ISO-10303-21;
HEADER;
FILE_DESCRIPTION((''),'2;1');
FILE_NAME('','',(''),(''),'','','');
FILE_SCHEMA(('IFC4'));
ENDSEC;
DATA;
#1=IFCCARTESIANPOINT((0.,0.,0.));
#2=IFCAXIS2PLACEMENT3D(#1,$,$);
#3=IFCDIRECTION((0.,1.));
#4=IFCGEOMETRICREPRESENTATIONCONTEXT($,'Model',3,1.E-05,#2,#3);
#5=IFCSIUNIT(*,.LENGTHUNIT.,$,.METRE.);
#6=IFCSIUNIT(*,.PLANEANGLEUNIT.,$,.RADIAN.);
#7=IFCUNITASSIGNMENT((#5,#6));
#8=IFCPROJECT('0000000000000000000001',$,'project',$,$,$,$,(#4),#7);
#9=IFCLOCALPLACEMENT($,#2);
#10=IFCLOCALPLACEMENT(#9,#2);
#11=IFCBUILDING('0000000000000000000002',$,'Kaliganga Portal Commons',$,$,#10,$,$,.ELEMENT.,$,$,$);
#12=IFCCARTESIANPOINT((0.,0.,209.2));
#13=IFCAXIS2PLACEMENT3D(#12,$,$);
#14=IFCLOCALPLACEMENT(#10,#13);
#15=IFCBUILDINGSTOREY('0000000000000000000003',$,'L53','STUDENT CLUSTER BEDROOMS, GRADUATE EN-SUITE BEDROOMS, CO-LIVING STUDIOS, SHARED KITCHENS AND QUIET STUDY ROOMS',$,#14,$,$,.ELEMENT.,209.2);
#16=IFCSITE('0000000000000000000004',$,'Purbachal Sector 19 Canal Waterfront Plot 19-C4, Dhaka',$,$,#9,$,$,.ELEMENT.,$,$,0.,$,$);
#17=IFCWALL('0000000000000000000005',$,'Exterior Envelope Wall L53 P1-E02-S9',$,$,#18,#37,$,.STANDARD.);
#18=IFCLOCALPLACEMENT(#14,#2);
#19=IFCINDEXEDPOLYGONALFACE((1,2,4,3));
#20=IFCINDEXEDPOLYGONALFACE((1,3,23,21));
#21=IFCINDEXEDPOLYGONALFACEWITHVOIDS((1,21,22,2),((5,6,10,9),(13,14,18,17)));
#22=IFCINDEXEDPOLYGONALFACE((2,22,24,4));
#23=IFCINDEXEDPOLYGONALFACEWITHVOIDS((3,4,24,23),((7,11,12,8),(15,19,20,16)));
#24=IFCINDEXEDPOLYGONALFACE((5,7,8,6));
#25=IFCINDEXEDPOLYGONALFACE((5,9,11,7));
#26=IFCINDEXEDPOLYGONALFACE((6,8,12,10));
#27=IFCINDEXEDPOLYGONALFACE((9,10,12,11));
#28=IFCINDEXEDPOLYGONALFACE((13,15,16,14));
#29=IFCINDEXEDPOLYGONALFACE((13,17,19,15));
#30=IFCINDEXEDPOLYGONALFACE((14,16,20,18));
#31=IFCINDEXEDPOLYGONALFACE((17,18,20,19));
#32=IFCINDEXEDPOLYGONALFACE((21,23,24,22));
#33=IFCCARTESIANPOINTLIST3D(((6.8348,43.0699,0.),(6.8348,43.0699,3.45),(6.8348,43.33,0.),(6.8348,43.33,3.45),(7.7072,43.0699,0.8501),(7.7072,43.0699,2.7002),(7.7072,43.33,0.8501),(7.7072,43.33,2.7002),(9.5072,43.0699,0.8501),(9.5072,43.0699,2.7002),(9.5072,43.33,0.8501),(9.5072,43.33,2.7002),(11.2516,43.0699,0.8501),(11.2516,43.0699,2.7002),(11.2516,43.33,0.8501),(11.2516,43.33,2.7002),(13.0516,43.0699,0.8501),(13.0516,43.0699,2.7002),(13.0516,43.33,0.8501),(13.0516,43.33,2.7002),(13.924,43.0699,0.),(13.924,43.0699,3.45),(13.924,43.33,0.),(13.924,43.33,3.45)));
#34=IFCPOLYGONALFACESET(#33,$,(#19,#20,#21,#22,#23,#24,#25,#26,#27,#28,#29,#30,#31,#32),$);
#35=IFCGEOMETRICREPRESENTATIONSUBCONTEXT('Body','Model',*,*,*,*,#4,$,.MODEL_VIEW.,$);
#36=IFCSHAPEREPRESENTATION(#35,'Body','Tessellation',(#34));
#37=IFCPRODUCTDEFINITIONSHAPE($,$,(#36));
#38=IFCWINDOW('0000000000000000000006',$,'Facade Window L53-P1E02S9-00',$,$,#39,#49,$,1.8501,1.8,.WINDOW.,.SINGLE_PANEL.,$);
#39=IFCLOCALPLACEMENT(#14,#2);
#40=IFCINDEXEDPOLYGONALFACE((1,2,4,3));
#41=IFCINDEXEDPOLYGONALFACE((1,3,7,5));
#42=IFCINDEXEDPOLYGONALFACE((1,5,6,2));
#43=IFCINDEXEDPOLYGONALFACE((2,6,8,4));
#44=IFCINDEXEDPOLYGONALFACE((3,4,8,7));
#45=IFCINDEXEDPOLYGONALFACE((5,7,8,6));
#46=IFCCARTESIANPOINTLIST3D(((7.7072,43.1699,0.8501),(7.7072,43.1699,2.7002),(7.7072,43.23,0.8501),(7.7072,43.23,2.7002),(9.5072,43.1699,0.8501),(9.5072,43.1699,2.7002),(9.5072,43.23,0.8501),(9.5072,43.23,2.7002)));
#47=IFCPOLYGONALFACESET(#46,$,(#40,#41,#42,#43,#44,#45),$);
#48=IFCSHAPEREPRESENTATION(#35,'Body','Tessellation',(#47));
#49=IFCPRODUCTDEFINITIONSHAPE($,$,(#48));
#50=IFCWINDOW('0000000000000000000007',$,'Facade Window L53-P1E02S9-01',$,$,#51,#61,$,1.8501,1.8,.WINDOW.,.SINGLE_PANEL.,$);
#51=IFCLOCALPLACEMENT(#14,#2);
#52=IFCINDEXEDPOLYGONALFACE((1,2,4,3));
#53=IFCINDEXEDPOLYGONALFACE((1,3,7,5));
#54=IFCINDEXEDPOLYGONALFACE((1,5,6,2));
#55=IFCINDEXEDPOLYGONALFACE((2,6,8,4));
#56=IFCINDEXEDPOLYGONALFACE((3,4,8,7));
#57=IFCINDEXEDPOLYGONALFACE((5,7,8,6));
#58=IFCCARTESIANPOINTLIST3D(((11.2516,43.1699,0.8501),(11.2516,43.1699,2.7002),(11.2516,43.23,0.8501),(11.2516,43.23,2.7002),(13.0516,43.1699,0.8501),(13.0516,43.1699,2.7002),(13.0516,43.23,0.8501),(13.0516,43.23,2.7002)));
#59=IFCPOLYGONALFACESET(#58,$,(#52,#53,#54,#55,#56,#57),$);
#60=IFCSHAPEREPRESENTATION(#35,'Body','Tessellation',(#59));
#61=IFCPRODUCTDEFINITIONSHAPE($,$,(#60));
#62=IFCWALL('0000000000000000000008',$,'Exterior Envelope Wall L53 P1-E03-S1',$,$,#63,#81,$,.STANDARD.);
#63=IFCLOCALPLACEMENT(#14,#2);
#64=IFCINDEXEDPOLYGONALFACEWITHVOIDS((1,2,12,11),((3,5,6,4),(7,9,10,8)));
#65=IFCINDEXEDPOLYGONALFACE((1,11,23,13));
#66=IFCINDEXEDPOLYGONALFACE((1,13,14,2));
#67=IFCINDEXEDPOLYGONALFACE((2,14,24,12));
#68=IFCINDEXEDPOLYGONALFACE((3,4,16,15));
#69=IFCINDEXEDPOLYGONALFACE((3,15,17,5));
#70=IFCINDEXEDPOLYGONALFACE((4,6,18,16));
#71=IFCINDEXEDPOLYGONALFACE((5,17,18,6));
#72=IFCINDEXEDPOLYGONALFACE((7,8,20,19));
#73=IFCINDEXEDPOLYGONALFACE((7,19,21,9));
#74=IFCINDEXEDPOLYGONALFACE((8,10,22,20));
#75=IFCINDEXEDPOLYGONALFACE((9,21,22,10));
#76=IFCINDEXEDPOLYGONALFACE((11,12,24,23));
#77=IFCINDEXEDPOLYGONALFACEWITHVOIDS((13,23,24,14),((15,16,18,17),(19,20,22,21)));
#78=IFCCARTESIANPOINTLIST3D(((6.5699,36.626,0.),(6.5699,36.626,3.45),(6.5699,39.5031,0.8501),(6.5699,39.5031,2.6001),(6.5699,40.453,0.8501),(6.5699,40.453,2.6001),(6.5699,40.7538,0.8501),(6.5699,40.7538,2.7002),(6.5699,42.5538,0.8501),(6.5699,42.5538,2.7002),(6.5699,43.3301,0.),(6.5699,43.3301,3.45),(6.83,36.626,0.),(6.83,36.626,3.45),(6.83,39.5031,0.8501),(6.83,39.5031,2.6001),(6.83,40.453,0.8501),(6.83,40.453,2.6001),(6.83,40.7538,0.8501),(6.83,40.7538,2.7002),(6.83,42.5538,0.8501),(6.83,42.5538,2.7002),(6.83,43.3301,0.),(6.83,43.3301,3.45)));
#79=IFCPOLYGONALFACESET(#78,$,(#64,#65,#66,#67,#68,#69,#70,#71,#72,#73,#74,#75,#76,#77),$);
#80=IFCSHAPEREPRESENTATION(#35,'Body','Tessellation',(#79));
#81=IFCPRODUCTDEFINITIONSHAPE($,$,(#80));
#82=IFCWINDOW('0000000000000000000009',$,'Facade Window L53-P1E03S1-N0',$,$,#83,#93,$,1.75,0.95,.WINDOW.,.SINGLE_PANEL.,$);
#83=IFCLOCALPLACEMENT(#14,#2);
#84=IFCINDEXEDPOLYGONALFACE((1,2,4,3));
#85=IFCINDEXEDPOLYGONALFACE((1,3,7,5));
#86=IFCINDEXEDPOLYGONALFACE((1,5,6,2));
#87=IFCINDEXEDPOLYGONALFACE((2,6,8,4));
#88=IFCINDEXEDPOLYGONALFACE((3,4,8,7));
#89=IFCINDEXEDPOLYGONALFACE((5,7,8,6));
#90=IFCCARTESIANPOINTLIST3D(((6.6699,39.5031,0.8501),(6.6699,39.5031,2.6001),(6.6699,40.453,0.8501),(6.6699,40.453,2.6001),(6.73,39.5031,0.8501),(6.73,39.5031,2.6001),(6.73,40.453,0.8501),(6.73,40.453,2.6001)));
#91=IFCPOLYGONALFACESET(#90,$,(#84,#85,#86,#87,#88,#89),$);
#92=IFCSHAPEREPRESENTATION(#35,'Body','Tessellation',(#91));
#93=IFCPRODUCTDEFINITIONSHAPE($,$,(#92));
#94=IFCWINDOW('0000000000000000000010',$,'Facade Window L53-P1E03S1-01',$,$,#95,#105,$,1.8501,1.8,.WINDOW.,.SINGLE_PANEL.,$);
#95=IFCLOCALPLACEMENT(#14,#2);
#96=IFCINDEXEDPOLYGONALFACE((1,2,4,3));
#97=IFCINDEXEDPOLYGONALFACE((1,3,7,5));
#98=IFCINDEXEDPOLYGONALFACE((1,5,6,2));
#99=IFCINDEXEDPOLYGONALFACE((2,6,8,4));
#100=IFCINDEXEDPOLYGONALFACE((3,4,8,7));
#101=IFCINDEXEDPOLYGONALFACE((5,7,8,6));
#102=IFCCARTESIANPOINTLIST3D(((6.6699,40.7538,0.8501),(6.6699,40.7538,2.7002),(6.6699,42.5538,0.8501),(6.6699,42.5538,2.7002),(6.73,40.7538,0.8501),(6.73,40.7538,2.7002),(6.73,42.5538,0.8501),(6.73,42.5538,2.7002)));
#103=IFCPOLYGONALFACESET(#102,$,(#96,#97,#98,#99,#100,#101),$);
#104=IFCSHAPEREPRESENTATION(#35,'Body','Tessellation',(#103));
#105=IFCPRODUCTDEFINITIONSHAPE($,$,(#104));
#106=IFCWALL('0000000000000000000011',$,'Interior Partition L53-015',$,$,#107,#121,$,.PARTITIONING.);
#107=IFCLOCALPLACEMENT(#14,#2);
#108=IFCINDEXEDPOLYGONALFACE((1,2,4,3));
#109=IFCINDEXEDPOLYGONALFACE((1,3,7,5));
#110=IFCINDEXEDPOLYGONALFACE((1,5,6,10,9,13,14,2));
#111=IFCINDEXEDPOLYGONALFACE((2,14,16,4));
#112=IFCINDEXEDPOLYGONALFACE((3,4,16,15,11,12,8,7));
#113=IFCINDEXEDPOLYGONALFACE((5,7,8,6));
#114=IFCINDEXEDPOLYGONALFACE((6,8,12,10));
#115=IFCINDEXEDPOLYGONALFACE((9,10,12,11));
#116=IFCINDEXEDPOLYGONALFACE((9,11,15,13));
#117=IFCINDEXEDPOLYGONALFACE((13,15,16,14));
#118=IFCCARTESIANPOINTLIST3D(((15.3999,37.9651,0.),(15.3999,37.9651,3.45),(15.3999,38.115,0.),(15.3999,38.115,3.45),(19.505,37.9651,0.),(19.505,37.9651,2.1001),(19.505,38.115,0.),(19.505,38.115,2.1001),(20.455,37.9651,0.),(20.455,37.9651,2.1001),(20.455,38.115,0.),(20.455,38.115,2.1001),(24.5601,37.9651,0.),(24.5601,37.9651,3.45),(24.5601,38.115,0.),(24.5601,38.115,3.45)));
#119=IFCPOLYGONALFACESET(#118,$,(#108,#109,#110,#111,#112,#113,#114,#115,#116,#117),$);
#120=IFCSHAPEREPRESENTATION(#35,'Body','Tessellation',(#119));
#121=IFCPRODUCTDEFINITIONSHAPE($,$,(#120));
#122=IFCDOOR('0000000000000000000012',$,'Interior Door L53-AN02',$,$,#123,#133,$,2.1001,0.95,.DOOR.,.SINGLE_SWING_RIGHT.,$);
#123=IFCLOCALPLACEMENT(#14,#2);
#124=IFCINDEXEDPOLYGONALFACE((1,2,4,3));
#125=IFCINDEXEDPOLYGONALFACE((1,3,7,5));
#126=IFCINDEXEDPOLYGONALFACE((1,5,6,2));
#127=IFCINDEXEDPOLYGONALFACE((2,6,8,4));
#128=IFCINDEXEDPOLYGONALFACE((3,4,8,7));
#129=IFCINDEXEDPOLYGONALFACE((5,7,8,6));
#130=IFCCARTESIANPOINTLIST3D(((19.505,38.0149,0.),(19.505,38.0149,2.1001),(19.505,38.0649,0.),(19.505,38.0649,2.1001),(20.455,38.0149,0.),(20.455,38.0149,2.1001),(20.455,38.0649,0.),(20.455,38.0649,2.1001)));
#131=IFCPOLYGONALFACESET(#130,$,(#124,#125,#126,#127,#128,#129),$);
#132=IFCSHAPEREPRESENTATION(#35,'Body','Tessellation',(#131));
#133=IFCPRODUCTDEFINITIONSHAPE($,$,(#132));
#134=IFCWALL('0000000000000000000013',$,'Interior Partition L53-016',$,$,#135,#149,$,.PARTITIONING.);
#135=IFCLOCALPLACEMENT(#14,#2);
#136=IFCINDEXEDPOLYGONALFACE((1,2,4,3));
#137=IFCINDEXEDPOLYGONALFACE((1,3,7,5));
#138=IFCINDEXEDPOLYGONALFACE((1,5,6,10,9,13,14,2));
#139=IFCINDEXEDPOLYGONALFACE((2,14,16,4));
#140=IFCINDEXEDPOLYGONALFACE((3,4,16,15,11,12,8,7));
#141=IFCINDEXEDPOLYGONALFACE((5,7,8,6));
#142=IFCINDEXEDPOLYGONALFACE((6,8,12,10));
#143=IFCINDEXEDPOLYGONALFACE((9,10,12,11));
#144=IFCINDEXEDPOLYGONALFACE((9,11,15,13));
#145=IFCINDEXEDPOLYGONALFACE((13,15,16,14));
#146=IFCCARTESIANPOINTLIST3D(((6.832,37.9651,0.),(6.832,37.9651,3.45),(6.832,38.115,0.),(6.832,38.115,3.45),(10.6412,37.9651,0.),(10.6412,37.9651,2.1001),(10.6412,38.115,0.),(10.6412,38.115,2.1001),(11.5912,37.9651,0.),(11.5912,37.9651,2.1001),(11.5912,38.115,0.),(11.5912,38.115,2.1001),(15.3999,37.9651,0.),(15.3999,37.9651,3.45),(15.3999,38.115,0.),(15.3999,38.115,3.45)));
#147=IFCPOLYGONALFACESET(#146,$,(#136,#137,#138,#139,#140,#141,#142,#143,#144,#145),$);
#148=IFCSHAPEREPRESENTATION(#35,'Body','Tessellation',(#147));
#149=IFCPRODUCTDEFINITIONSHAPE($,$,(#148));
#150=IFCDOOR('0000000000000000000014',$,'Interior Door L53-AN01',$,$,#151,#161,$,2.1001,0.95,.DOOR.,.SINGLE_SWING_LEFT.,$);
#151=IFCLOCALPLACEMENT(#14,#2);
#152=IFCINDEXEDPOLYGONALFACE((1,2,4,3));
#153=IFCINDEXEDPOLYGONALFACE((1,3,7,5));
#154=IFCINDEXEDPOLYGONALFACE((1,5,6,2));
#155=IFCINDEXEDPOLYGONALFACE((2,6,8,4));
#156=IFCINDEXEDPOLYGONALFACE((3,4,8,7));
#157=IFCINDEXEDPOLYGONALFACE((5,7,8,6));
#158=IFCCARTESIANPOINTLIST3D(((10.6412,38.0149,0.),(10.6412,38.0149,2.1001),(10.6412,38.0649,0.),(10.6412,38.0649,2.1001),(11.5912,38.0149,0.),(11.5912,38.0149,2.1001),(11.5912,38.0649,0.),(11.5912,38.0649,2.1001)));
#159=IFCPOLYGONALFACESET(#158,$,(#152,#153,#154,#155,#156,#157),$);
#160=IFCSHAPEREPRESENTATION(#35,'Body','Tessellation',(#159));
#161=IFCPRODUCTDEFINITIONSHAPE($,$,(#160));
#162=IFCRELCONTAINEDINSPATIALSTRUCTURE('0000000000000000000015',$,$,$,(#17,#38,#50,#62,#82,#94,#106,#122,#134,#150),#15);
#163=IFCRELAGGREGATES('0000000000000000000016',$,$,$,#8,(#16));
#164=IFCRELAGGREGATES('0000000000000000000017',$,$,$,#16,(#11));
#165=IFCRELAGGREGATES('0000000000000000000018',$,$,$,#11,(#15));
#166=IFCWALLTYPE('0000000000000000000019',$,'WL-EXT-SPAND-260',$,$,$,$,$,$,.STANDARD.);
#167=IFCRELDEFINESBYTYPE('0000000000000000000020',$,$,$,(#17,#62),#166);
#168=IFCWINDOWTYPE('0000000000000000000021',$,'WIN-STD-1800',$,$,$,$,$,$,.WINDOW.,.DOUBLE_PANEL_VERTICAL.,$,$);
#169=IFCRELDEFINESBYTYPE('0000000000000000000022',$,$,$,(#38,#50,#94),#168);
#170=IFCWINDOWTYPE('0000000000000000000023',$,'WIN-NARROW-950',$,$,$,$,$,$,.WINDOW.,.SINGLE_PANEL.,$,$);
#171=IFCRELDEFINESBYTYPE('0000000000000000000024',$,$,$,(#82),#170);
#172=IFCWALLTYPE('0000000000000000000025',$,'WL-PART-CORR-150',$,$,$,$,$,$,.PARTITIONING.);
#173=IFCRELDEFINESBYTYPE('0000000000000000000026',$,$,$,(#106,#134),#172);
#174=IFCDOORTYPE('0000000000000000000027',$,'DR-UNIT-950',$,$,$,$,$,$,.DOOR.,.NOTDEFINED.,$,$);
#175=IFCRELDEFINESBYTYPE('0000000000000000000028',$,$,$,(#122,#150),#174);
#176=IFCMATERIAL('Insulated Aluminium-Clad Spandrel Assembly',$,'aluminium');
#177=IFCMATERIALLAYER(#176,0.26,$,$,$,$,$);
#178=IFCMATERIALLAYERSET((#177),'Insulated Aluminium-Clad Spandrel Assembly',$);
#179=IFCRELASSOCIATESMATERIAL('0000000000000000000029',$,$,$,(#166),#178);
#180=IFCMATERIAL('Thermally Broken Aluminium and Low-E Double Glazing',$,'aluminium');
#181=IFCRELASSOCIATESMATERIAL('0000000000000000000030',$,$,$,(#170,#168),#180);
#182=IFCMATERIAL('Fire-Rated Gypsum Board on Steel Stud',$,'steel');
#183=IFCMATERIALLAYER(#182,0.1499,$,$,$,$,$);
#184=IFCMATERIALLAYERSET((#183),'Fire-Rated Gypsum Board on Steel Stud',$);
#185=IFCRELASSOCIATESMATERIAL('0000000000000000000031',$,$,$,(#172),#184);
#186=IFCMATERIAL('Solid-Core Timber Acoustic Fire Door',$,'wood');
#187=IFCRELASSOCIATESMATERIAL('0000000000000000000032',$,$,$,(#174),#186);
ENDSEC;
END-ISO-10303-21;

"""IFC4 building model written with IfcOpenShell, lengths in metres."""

from ifc_helpers import new_model, si_unit, direction, frame, frame_2d, origin, place, context, subcontext, project, spatial, rectangle, extrude, material, layer, layer_set, type_object, element, fill, save


model = new_model("IFC4")

# Units and contexts
model_context = context("Model", 3, precision=1e-05, world=origin(), true_north=direction((0.0, 1.0)))
body_context = subcontext(model_context, "Body", "Model", "MODEL_VIEW")
ifc_project = project(units=[si_unit("LENGTHUNIT", "METRE"), si_unit("PLANEANGLEUNIT", "RADIAN")], contexts=[model_context])

# Site, building, storey
site_placement = place(None, origin())
site = spatial("IfcSite", under=ifc_project, at=site_placement, Name="Purbachal Sector 19 Canal Waterfront Plot 19-C4, Dhaka", CompositionType="ELEMENT", RefElevation=0.0)
building_placement = place(site_placement, origin())
building = spatial("IfcBuilding", under=site, at=building_placement, Name="Kaliganga Portal Commons", CompositionType="ELEMENT")
storey_placement = place(building_placement, frame((0.0, 0.0, 209.2)))
storey = spatial("IfcBuildingStorey", under=building, at=storey_placement, Name="L53", Description="STUDENT CLUSTER BEDROOMS, GRADUATE EN-SUITE BEDROOMS, CO-LIVING STUDIOS, SHARED KITCHENS AND QUIET STUDY ROOMS", CompositionType="ELEMENT", Elevation=209.2)

# Shared definitions
ifc_material_1 = material(Name="Insulated Aluminium-Clad Spandrel Assembly", Category="aluminium")
ifc_layer_1 = layer(ifc_material_1, 0.26)
ifc_layer_set_1 = layer_set([ifc_layer_1], Name="Insulated Aluminium-Clad Spandrel Assembly")
wall_type_1 = type_object("IfcWallType", Name="WL-EXT-SPAND-260", PredefinedType="STANDARD", material=ifc_layer_set_1)
ifc_material_2 = material(Name="Thermally Broken Aluminium and Low-E Double Glazing", Category="aluminium")
window_type_1 = type_object("IfcWindowType", Name="WIN-NARROW-950", PartitioningType="SINGLE_PANEL", PredefinedType="WINDOW", material=ifc_material_2)

# Walls, openings, windows
wall_1_placement = place(storey_placement, frame((6.835, 43.2, 0.0), z_axis=(0.0, 0.0, 1.0), x_axis=(1.0, 0.0, 0.0)))
wall_1 = element("IfcWall", 1, at=wall_1_placement, inside=storey, type_object=wall_type_1, Name="Exterior Envelope Wall L53 P1-E02-S9", PredefinedType="STANDARD", context=body_context, shape_type="SweptSolid", body=[
    extrude(rectangle(XDim=7.0891, YDim=0.26, at=frame_2d((3.5444, 0.0))), origin(), (0.0, 0.0, 1.0), 3.45),
])
opening_1_placement = place(wall_1_placement, frame((0.8723, 0.0, 0.8501)))
opening_1 = element("IfcOpeningElement", 2, at=opening_1_placement, cuts=wall_1, PredefinedType="OPENING", context=body_context, shape_type="SweptSolid", body=[
    extrude(rectangle(XDim=1.8, YDim=1.8501, at=frame_2d((0.8999, 0.925))), frame((0.0, 0.1401, 0.0), z_axis=(0.0, -1.0, 0.0), x_axis=(1.0, 0.0, 0.0)), (0.0, 0.0, 1.0), 0.28),
])
opening_2_placement = place(wall_1_placement, frame((4.4167, 0.0, 0.8501)))
opening_2 = element("IfcOpeningElement", 3, at=opening_2_placement, cuts=wall_1, PredefinedType="OPENING", context=body_context, shape_type="SweptSolid", body=[
    extrude(rectangle(XDim=1.8, YDim=1.8501, at=frame_2d((0.8999, 0.925))), frame((0.0, 0.1401, 0.0), z_axis=(0.0, -1.0, 0.0), x_axis=(1.0, 0.0, 0.0)), (0.0, 0.0, 1.0), 0.28),
])
window_type_2 = type_object("IfcWindowType", Name="WIN-STD-1800", PartitioningType="DOUBLE_PANEL_VERTICAL", PredefinedType="WINDOW", material=ifc_material_2)
window_1_placement = place(opening_1_placement, origin())
window_1 = element("IfcWindow", 4, at=window_1_placement, inside=storey, type_object=window_type_2, Name="Facade Window L53-P1E02S9-00", OverallHeight=1.8501, OverallWidth=1.8, PartitioningType="SINGLE_PANEL", PredefinedType="WINDOW", context=body_context, shape_type="SweptSolid", body=[
    extrude(rectangle(XDim=1.8, YDim=1.8501, at=frame_2d((0.8999, 0.925))), frame((0.0, 0.03, 0.0), z_axis=(0.0, -1.0, 0.0), x_axis=(1.0, 0.0, 0.0)), (0.0, 0.0, 1.0), 0.0601),
])
fill(opening_1, window_1)
window_2_placement = place(opening_2_placement, origin())
window_2 = element("IfcWindow", 5, at=window_2_placement, inside=storey, type_object=window_type_2, Name="Facade Window L53-P1E02S9-01", OverallHeight=1.8501, OverallWidth=1.8, PartitioningType="SINGLE_PANEL", PredefinedType="WINDOW", context=body_context, shape_type="SweptSolid", body=[
    extrude(rectangle(XDim=1.8, YDim=1.8501, at=frame_2d((0.8999, 0.925))), frame((0.0, 0.03, 0.0), z_axis=(0.0, -1.0, 0.0), x_axis=(1.0, 0.0, 0.0)), (0.0, 0.0, 1.0), 0.0601),
])
fill(opening_2, window_2)
wall_2_placement = place(storey_placement, frame((6.7, 36.626, 0.0), z_axis=(0.0, 0.0, 1.0), x_axis=(0.0, 1.0, 0.0)))
wall_2 = element("IfcWall", 6, at=wall_2_placement, inside=storey, type_object=wall_type_1, Name="Exterior Envelope Wall L53 P1-E03-S1", PredefinedType="STANDARD", context=body_context, shape_type="SweptSolid", body=[
    extrude(rectangle(XDim=6.7041, YDim=0.26, at=frame_2d((3.3521, 0.0))), origin(), (0.0, 0.0, 1.0), 3.45),
])
opening_3_placement = place(wall_2_placement, frame((4.1279, 0.0, 0.8501)))
opening_3 = element("IfcOpeningElement", 7, at=opening_3_placement, cuts=wall_2, PredefinedType="OPENING", context=body_context, shape_type="SweptSolid", body=[
    extrude(rectangle(XDim=1.8, YDim=1.8501, at=frame_2d((0.8999, 0.925))), frame((0.0, 0.1401, 0.0), z_axis=(0.0, -1.0, 0.0), x_axis=(1.0, 0.0, 0.0)), (0.0, 0.0, 1.0), 0.28),
])
opening_4_placement = place(wall_2_placement, frame((2.877, 0.0, 0.8501)))
opening_4 = element("IfcOpeningElement", 8, at=opening_4_placement, cuts=wall_2, PredefinedType="OPENING", context=body_context, shape_type="SweptSolid", body=[
    extrude(rectangle(XDim=0.95, YDim=1.75, at=frame_2d((0.4751, 0.875))), frame((0.0, 0.1401, 0.0), z_axis=(0.0, -1.0, 0.0), x_axis=(1.0, 0.0, 0.0)), (0.0, 0.0, 1.0), 0.28),
])
window_3_placement = place(opening_4_placement, origin())
window_3 = element("IfcWindow", 9, at=window_3_placement, inside=storey, type_object=window_type_1, Name="Facade Window L53-P1E03S1-N0", OverallHeight=1.75, OverallWidth=0.95, PartitioningType="SINGLE_PANEL", PredefinedType="WINDOW", context=body_context, shape_type="SweptSolid", body=[
    extrude(rectangle(XDim=0.95, YDim=1.75, at=frame_2d((0.4751, 0.875))), frame((0.0, 0.03, 0.0), z_axis=(0.0, -1.0, 0.0), x_axis=(1.0, 0.0, 0.0)), (0.0, 0.0, 1.0), 0.0601),
])
fill(opening_4, window_3)
window_4_placement = place(opening_3_placement, origin())
window_4 = element("IfcWindow", 10, at=window_4_placement, inside=storey, type_object=window_type_2, Name="Facade Window L53-P1E03S1-01", OverallHeight=1.8501, OverallWidth=1.8, PartitioningType="SINGLE_PANEL", PredefinedType="WINDOW", context=body_context, shape_type="SweptSolid", body=[
    extrude(rectangle(XDim=1.8, YDim=1.8501, at=frame_2d((0.8999, 0.925))), frame((0.0, 0.03, 0.0), z_axis=(0.0, -1.0, 0.0), x_axis=(1.0, 0.0, 0.0)), (0.0, 0.0, 1.0), 0.0601),
])
fill(opening_3, window_4)

# Walls, openings, doors
ifc_material_3 = material(Name="Fire-Rated Gypsum Board on Steel Stud", Category="steel")
ifc_layer_2 = layer(ifc_material_3, 0.1499)
ifc_layer_set_2 = layer_set([ifc_layer_2], Name="Fire-Rated Gypsum Board on Steel Stud")
wall_type_2 = type_object("IfcWallType", Name="WL-PART-CORR-150", PredefinedType="PARTITIONING", material=ifc_layer_set_2)
wall_3_placement = place(storey_placement, frame((15.3999, 38.04, 0.0), z_axis=(0.0, 0.0, 1.0), x_axis=(1.0, 0.0, 0.0)))
wall_3 = element("IfcWall", 11, at=wall_3_placement, inside=storey, type_object=wall_type_2, Name="Interior Partition L53-015", PredefinedType="PARTITIONING", context=body_context, shape_type="SweptSolid", body=[
    extrude(rectangle(XDim=9.1602, YDim=0.1499, at=frame_2d((4.5801, 0.0))), origin(), (0.0, 0.0, 1.0), 3.45),
])
opening_5_placement = place(wall_3_placement, frame((4.105, 0.0, 0.0)))
opening_5 = element("IfcOpeningElement", 12, at=opening_5_placement, cuts=wall_3, PredefinedType="OPENING", context=body_context, shape_type="SweptSolid", body=[
    extrude(rectangle(XDim=0.95, YDim=2.1001, at=frame_2d((0.4751, 1.05))), frame((0.0, 0.085, 0.0), z_axis=(0.0, -1.0, 0.0), x_axis=(1.0, 0.0, 0.0)), (0.0, 0.0, 1.0), 0.1699),
])
ifc_material_4 = material(Name="Solid-Core Timber Acoustic Fire Door", Category="wood")
door_type_1 = type_object("IfcDoorType", Name="DR-UNIT-950", OperationType="NOTDEFINED", PredefinedType="DOOR", material=ifc_material_4)
door_1_placement = place(opening_5_placement, origin())
door_1 = element("IfcDoor", 13, at=door_1_placement, inside=storey, type_object=door_type_1, Name="Interior Door L53-AN02", OperationType="SINGLE_SWING_RIGHT", OverallHeight=2.1001, OverallWidth=0.95, PredefinedType="DOOR", context=body_context, shape_type="SweptSolid", body=[
    extrude(rectangle(XDim=0.95, YDim=2.1001, at=frame_2d((0.4751, 1.05))), frame((0.0, 0.0249, 0.0), z_axis=(0.0, -1.0, 0.0), x_axis=(1.0, 0.0, 0.0)), (0.0, 0.0, 1.0), 0.05),
])
fill(opening_5, door_1)
wall_4_placement = place(storey_placement, frame((6.832, 38.04, 0.0), z_axis=(0.0, 0.0, 1.0), x_axis=(1.0, 0.0, 0.0)))
wall_4 = element("IfcWall", 14, at=wall_4_placement, inside=storey, type_object=wall_type_2, Name="Interior Partition L53-016", PredefinedType="PARTITIONING", context=body_context, shape_type="SweptSolid", body=[
    extrude(rectangle(XDim=8.5679, YDim=0.1499, at=frame_2d((4.2839, 0.0))), origin(), (0.0, 0.0, 1.0), 3.45),
])
opening_6_placement = place(wall_4_placement, frame((3.8091, 0.0, 0.0)))
opening_6 = element("IfcOpeningElement", 15, at=opening_6_placement, cuts=wall_4, PredefinedType="OPENING", context=body_context, shape_type="SweptSolid", body=[
    extrude(rectangle(XDim=0.95, YDim=2.1001, at=frame_2d((0.4751, 1.05))), frame((0.0, 0.085, 0.0), z_axis=(0.0, -1.0, 0.0), x_axis=(1.0, 0.0, 0.0)), (0.0, 0.0, 1.0), 0.1699),
])
door_2_placement = place(opening_6_placement, origin())
door_2 = element("IfcDoor", 16, at=door_2_placement, inside=storey, type_object=door_type_1, Name="Interior Door L53-AN01", OperationType="SINGLE_SWING_LEFT", OverallHeight=2.1001, OverallWidth=0.95, PredefinedType="DOOR", context=body_context, shape_type="SweptSolid", body=[
    extrude(rectangle(XDim=0.95, YDim=2.1001, at=frame_2d((0.4751, 1.05))), frame((0.0, 0.0249, 0.0), z_axis=(0.0, -1.0, 0.0), x_axis=(1.0, 0.0, 0.0)), (0.0, 0.0, 1.0), 0.05),
])
fill(opening_6, door_2)

save(model, "model.ifc")
